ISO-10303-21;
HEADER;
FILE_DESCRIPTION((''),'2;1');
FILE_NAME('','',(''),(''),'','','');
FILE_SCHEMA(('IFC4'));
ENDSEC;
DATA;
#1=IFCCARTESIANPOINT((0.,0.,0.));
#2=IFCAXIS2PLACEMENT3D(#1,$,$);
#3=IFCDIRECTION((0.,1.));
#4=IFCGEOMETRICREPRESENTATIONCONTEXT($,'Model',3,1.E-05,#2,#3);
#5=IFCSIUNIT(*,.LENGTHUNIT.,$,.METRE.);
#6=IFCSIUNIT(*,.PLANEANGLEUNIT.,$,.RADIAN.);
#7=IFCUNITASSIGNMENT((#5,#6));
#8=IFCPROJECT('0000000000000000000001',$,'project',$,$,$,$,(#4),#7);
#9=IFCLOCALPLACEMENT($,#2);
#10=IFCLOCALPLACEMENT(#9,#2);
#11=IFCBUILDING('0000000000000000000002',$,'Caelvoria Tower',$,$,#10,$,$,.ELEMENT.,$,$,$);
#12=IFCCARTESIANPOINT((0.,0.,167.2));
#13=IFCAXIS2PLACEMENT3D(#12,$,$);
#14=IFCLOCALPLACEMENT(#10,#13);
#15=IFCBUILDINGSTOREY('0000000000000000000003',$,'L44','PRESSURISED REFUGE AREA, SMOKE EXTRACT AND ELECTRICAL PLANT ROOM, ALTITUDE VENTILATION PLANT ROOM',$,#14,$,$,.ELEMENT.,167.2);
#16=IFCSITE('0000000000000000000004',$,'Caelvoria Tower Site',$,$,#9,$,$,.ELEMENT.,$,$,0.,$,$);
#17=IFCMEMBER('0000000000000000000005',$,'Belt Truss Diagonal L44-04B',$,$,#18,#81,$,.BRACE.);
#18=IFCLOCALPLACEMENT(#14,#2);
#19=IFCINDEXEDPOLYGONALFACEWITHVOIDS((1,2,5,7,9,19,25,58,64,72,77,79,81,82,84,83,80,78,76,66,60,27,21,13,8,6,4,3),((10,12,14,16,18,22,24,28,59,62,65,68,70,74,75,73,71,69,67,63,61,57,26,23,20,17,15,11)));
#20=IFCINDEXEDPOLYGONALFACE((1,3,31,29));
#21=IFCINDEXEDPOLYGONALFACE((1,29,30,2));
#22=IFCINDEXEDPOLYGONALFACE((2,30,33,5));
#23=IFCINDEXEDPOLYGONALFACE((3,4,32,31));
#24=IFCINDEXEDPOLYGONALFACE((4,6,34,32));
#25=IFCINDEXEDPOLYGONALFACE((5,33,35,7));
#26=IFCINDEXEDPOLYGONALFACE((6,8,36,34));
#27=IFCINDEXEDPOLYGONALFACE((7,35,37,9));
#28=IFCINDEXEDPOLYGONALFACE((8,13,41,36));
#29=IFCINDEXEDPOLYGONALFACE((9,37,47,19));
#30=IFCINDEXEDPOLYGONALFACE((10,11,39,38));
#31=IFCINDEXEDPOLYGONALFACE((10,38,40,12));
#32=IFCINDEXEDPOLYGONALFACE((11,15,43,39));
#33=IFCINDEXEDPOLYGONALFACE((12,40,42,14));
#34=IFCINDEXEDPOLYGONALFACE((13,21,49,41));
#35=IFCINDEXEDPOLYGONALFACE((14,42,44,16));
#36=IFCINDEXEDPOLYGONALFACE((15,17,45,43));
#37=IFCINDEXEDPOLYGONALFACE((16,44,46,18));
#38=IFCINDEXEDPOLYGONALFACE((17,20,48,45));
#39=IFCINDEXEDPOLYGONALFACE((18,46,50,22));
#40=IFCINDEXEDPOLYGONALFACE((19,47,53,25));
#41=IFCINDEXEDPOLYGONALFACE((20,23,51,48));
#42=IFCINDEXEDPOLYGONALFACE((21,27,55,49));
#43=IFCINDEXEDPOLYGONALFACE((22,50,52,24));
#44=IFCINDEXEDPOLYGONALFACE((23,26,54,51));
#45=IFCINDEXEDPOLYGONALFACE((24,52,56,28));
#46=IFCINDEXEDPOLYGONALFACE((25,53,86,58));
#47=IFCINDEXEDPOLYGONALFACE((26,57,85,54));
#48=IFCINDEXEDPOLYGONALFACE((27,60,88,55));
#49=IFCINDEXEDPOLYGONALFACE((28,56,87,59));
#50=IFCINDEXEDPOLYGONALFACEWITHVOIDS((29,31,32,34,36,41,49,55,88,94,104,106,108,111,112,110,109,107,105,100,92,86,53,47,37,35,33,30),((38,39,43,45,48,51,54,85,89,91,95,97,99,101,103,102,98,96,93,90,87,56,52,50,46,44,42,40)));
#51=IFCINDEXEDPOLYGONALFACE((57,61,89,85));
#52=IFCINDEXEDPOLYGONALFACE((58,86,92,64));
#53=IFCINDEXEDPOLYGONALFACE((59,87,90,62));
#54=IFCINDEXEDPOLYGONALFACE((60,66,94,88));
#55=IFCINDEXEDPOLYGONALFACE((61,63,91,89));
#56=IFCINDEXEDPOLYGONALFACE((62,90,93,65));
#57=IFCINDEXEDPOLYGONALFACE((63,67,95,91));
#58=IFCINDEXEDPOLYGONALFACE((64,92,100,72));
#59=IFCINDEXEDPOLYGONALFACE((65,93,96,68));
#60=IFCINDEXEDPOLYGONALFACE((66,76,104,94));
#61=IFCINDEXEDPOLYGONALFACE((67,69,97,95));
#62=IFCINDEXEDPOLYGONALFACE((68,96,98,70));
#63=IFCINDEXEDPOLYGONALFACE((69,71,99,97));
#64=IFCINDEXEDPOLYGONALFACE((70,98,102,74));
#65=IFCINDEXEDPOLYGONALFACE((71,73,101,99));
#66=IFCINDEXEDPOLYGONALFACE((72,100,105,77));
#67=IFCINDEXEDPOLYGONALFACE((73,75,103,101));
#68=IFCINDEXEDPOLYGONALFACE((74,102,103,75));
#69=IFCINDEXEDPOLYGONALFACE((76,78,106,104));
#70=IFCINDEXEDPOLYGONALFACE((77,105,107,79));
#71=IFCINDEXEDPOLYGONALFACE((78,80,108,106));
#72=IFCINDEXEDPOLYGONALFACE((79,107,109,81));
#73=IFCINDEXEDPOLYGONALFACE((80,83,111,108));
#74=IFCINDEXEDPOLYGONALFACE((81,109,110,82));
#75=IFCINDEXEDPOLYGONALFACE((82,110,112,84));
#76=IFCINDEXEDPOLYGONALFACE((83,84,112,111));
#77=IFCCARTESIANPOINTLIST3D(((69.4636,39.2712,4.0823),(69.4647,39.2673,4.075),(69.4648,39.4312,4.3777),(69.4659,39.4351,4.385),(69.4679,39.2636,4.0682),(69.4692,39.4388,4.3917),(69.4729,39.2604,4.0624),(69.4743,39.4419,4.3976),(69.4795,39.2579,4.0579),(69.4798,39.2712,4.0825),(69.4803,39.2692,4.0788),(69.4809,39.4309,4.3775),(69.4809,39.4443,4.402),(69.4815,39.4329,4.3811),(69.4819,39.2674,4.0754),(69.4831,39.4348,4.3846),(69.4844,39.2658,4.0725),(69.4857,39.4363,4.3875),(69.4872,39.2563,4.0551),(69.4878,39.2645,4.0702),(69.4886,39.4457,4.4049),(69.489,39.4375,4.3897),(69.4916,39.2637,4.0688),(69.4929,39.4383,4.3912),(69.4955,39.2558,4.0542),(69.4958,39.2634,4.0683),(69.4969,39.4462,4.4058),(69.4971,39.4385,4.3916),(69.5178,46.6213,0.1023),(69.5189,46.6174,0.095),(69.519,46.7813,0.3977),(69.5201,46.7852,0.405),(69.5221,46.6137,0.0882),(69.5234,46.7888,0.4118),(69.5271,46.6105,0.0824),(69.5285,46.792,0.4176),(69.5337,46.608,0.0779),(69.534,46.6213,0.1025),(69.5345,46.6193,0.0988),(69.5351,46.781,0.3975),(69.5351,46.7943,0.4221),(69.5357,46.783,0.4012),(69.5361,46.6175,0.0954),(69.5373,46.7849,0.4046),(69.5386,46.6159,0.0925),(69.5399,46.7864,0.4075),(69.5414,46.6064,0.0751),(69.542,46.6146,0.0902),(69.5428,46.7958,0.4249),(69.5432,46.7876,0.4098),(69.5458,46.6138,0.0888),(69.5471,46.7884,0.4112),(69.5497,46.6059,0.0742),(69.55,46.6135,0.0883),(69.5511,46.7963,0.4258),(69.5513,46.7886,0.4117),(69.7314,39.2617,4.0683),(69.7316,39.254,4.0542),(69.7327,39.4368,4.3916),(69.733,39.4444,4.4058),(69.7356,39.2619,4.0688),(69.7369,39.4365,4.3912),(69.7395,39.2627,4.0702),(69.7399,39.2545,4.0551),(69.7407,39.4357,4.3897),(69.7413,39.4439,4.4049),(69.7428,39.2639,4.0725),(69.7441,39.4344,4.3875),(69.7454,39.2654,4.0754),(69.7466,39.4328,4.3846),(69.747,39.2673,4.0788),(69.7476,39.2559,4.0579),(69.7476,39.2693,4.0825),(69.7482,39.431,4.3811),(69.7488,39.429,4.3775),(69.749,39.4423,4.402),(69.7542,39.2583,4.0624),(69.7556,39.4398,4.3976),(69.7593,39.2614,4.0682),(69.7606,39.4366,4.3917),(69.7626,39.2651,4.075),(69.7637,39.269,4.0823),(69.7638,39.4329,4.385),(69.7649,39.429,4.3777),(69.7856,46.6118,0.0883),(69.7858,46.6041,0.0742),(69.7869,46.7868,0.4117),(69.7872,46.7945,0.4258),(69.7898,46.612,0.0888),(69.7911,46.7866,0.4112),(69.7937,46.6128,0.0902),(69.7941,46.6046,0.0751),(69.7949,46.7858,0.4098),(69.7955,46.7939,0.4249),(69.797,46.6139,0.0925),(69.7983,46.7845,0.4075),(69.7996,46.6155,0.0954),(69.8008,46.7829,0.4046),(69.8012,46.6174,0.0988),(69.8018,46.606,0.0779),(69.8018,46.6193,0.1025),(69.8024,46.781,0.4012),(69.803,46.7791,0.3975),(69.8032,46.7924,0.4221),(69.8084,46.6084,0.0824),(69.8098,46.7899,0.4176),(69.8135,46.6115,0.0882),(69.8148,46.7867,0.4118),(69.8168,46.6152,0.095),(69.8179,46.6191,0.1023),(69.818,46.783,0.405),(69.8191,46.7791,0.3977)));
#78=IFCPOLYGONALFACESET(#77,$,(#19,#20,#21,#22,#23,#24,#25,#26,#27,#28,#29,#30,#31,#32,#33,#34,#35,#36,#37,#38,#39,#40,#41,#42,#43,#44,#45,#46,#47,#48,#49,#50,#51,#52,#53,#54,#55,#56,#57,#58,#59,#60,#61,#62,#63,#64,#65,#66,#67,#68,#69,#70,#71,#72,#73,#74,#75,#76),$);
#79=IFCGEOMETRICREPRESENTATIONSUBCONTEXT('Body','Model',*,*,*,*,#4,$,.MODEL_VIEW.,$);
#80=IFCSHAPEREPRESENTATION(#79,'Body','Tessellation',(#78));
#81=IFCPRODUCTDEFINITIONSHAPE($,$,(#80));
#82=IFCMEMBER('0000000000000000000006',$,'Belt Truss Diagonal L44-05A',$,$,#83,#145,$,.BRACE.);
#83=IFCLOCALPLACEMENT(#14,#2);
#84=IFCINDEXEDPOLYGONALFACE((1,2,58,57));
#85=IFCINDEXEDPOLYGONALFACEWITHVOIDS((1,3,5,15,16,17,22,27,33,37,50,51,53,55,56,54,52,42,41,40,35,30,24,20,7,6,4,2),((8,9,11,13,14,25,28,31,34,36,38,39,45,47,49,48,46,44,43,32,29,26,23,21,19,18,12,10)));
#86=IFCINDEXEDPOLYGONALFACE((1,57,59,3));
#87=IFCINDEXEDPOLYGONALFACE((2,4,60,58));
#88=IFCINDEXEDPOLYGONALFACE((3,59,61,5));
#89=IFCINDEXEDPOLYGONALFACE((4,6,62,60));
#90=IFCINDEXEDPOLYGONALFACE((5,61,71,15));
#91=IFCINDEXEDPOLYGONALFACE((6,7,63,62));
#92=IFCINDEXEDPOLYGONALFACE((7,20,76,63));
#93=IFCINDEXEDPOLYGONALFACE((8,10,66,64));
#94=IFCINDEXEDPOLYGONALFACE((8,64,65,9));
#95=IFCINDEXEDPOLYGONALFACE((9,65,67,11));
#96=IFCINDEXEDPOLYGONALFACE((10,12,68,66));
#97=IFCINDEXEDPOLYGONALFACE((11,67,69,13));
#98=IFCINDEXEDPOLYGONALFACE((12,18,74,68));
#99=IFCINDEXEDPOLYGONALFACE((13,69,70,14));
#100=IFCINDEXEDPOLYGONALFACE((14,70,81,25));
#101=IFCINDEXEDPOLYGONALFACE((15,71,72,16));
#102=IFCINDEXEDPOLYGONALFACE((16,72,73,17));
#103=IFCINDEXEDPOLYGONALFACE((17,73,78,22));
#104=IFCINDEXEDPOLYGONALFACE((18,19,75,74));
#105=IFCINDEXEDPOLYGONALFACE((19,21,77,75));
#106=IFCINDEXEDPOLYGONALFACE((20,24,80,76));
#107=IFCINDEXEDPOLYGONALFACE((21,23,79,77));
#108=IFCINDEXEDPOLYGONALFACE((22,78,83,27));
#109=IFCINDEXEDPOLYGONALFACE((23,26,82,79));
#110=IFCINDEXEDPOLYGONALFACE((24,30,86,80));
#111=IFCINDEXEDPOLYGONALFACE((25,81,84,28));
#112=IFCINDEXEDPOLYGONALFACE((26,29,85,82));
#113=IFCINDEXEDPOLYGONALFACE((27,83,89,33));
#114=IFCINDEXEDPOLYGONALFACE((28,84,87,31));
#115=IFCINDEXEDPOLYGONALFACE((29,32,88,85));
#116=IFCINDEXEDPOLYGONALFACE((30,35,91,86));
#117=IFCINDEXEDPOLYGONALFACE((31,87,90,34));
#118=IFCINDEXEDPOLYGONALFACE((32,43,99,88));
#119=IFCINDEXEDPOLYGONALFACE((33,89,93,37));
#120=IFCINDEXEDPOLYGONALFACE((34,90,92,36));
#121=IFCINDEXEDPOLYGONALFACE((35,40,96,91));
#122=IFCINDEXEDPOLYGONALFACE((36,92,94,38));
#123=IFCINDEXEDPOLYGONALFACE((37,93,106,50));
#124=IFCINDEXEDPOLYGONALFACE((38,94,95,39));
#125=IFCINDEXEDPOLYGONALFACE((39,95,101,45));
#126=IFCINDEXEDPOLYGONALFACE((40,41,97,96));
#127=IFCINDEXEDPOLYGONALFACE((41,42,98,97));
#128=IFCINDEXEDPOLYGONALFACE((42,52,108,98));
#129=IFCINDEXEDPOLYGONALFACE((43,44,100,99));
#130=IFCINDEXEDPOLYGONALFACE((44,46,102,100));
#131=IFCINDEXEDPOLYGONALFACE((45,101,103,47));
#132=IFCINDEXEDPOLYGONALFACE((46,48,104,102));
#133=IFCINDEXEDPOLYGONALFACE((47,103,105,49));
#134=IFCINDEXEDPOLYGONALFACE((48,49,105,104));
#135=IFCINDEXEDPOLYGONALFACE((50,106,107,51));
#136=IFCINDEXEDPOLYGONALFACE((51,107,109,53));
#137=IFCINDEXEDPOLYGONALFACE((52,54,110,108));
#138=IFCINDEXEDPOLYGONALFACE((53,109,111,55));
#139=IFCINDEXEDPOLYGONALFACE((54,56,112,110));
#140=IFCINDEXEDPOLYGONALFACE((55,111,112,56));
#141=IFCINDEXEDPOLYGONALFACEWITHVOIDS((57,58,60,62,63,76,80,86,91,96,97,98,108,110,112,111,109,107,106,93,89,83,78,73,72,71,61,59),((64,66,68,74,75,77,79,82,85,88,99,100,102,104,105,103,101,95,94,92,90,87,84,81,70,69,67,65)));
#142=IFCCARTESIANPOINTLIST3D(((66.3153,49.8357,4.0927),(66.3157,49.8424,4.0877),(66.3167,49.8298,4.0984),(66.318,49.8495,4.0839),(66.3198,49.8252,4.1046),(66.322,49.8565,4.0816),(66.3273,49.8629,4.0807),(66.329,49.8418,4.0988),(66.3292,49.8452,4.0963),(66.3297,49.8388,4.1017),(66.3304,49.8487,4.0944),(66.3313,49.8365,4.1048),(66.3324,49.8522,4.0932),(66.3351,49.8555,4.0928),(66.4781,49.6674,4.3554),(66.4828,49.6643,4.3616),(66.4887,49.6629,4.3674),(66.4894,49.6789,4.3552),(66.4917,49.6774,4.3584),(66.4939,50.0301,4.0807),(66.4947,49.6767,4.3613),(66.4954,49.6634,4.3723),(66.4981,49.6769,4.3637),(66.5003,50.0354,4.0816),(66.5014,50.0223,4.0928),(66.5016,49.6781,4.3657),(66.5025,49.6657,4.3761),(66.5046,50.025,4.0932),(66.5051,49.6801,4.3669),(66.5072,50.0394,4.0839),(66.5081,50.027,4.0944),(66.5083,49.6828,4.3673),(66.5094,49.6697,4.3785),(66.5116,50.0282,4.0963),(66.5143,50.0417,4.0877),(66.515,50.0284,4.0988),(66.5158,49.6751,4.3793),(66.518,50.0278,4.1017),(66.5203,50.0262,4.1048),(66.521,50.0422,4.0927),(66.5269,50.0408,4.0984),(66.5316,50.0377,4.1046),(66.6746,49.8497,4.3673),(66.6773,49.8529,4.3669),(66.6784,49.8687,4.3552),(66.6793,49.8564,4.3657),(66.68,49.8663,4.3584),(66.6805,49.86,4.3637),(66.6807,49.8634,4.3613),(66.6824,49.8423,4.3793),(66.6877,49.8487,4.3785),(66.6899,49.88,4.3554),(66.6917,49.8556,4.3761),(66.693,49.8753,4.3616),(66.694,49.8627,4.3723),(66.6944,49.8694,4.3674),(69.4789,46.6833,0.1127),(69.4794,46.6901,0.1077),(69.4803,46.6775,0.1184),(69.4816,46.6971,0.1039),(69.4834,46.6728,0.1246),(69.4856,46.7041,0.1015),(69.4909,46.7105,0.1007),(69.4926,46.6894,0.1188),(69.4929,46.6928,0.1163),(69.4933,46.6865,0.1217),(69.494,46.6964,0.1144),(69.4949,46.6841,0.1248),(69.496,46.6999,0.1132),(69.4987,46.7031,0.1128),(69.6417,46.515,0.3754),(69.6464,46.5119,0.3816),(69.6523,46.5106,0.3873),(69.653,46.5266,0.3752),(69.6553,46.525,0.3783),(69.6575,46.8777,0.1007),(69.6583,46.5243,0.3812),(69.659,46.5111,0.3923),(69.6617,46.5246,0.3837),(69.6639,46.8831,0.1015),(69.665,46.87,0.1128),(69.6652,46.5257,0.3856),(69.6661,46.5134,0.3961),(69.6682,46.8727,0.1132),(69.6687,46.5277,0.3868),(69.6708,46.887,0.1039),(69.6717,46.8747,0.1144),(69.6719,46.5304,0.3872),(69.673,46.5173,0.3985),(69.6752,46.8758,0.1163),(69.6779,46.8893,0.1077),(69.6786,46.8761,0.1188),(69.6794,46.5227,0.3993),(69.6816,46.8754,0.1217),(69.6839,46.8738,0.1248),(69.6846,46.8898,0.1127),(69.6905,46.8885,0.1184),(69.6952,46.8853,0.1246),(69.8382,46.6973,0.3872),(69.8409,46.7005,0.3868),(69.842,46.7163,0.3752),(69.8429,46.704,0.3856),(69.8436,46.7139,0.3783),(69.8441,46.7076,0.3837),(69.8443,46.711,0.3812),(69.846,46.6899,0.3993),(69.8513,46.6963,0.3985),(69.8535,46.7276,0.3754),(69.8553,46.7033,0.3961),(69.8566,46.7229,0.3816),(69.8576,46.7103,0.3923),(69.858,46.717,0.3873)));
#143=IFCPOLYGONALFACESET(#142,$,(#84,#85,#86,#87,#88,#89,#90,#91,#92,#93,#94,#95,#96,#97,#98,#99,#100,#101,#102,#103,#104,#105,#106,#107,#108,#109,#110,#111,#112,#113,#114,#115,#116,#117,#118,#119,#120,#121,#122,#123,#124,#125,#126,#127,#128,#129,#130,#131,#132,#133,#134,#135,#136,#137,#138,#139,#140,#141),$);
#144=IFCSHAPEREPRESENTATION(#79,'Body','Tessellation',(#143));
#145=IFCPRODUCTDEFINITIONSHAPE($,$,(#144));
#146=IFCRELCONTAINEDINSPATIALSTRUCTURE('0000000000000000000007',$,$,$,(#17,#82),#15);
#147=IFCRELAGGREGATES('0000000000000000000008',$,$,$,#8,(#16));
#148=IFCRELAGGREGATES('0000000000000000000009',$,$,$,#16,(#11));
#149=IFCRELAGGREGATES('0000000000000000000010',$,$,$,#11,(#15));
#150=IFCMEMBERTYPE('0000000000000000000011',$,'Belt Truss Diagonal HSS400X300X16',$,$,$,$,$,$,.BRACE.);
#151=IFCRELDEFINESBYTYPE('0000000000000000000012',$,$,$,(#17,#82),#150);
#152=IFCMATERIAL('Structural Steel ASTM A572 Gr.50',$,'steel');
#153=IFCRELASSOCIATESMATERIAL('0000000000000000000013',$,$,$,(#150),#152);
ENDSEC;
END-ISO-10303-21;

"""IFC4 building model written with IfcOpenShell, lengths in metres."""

from ifc_helpers import new_model, si_unit, direction, frame, origin, origin_2d, place, context, subcontext, project, spatial, hollow_rectangle, extrude, material, material_profile, profile_set, type_object, element, save


model = new_model("IFC4")

# Units and contexts
model_context = context("Model", 3, precision=1e-05, world=origin(), true_north=direction((0.0, 1.0)))
body_context = subcontext(model_context, "Body", "Model", "MODEL_VIEW")
ifc_project = project(units=[si_unit("LENGTHUNIT", "METRE"), si_unit("PLANEANGLEUNIT", "RADIAN")], contexts=[model_context])

# Site, building, storey
site_placement = place(None, origin())
site = spatial("IfcSite", under=ifc_project, at=site_placement, Name="Caelvoria Tower Site", CompositionType="ELEMENT", RefElevation=0.0)
building_placement = place(site_placement, origin())
building = spatial("IfcBuilding", under=site, at=building_placement, Name="Caelvoria Tower", CompositionType="ELEMENT")
storey_placement = place(building_placement, frame((0.0, 0.0, 167.2)))
storey = spatial("IfcBuildingStorey", under=building, at=storey_placement, Name="L44", Description="PRESSURISED REFUGE AREA, SMOKE EXTRACT AND ELECTRICAL PLANT ROOM, ALTITUDE VENTILATION PLANT ROOM", CompositionType="ELEMENT", Elevation=167.2)

# Shared definitions
ifc_material_1 = material(Name="Structural Steel ASTM A572 Gr.50", Category="steel")

# Members
ifc_material_profile_1 = material_profile(ifc_material_1, hollow_rectangle(XDim=0.3, YDim=0.3999, WallThickness=0.0161, InnerFilletRadius=0.0161, OuterFilletRadius=0.032, at=origin_2d()), Name="Structural Steel ASTM A572 Gr.50")
ifc_profile_set_1 = profile_set([ifc_material_profile_1], Name="HSS400X300X16 - Structural Steel ASTM A572 Gr.50")
member_type_1 = type_object("IfcMemberType", Name="Belt Truss Diagonal HSS400X300X16", PredefinedType="BRACE", material=ifc_profile_set_1)
for number, where, z_axis, x_axis, name in (
    (1, (69.6143, 39.3501, 4.23), (0.006484, 0.87934, -0.476151), (-0.999973, 0.007374, 0.0), "Belt Truss Diagonal L44-04B"),
):
    element("IfcMember", number, at=place(storey_placement, frame(where, z_axis=z_axis, x_axis=x_axis)), inside=storey, type_object=member_type_1, Name=name, PredefinedType="BRACE", context=body_context, shape_type="SweptSolid", body=[
        extrude(hollow_rectangle(XDim=0.3, YDim=0.3999, WallThickness=0.0161, InnerFilletRadius=0.0161, OuterFilletRadius=0.032, at=origin_2d()), origin(), (0.0, 0.0, 1.0), 8.3586),
    ])
member_1_placement = place(storey_placement, frame((69.6685, 46.7002, 0.25), z_axis=(-0.528839, 0.526961, 0.665313), x_axis=(-0.705848, -0.708363, 0.0)))
element("IfcMember", 2, at=member_1_placement, inside=storey, type_object=member_type_1, Name="Belt Truss Diagonal L44-05A", PredefinedType="BRACE", context=body_context, shape_type="SweptSolid", body=[
    extrude(hollow_rectangle(XDim=0.3, YDim=0.3999, WallThickness=0.0161, InnerFilletRadius=0.0161, OuterFilletRadius=0.032, at=origin_2d()), origin(), (0.0, 0.0, 1.0), 5.9822),
])

save(model, "model.ifc")
